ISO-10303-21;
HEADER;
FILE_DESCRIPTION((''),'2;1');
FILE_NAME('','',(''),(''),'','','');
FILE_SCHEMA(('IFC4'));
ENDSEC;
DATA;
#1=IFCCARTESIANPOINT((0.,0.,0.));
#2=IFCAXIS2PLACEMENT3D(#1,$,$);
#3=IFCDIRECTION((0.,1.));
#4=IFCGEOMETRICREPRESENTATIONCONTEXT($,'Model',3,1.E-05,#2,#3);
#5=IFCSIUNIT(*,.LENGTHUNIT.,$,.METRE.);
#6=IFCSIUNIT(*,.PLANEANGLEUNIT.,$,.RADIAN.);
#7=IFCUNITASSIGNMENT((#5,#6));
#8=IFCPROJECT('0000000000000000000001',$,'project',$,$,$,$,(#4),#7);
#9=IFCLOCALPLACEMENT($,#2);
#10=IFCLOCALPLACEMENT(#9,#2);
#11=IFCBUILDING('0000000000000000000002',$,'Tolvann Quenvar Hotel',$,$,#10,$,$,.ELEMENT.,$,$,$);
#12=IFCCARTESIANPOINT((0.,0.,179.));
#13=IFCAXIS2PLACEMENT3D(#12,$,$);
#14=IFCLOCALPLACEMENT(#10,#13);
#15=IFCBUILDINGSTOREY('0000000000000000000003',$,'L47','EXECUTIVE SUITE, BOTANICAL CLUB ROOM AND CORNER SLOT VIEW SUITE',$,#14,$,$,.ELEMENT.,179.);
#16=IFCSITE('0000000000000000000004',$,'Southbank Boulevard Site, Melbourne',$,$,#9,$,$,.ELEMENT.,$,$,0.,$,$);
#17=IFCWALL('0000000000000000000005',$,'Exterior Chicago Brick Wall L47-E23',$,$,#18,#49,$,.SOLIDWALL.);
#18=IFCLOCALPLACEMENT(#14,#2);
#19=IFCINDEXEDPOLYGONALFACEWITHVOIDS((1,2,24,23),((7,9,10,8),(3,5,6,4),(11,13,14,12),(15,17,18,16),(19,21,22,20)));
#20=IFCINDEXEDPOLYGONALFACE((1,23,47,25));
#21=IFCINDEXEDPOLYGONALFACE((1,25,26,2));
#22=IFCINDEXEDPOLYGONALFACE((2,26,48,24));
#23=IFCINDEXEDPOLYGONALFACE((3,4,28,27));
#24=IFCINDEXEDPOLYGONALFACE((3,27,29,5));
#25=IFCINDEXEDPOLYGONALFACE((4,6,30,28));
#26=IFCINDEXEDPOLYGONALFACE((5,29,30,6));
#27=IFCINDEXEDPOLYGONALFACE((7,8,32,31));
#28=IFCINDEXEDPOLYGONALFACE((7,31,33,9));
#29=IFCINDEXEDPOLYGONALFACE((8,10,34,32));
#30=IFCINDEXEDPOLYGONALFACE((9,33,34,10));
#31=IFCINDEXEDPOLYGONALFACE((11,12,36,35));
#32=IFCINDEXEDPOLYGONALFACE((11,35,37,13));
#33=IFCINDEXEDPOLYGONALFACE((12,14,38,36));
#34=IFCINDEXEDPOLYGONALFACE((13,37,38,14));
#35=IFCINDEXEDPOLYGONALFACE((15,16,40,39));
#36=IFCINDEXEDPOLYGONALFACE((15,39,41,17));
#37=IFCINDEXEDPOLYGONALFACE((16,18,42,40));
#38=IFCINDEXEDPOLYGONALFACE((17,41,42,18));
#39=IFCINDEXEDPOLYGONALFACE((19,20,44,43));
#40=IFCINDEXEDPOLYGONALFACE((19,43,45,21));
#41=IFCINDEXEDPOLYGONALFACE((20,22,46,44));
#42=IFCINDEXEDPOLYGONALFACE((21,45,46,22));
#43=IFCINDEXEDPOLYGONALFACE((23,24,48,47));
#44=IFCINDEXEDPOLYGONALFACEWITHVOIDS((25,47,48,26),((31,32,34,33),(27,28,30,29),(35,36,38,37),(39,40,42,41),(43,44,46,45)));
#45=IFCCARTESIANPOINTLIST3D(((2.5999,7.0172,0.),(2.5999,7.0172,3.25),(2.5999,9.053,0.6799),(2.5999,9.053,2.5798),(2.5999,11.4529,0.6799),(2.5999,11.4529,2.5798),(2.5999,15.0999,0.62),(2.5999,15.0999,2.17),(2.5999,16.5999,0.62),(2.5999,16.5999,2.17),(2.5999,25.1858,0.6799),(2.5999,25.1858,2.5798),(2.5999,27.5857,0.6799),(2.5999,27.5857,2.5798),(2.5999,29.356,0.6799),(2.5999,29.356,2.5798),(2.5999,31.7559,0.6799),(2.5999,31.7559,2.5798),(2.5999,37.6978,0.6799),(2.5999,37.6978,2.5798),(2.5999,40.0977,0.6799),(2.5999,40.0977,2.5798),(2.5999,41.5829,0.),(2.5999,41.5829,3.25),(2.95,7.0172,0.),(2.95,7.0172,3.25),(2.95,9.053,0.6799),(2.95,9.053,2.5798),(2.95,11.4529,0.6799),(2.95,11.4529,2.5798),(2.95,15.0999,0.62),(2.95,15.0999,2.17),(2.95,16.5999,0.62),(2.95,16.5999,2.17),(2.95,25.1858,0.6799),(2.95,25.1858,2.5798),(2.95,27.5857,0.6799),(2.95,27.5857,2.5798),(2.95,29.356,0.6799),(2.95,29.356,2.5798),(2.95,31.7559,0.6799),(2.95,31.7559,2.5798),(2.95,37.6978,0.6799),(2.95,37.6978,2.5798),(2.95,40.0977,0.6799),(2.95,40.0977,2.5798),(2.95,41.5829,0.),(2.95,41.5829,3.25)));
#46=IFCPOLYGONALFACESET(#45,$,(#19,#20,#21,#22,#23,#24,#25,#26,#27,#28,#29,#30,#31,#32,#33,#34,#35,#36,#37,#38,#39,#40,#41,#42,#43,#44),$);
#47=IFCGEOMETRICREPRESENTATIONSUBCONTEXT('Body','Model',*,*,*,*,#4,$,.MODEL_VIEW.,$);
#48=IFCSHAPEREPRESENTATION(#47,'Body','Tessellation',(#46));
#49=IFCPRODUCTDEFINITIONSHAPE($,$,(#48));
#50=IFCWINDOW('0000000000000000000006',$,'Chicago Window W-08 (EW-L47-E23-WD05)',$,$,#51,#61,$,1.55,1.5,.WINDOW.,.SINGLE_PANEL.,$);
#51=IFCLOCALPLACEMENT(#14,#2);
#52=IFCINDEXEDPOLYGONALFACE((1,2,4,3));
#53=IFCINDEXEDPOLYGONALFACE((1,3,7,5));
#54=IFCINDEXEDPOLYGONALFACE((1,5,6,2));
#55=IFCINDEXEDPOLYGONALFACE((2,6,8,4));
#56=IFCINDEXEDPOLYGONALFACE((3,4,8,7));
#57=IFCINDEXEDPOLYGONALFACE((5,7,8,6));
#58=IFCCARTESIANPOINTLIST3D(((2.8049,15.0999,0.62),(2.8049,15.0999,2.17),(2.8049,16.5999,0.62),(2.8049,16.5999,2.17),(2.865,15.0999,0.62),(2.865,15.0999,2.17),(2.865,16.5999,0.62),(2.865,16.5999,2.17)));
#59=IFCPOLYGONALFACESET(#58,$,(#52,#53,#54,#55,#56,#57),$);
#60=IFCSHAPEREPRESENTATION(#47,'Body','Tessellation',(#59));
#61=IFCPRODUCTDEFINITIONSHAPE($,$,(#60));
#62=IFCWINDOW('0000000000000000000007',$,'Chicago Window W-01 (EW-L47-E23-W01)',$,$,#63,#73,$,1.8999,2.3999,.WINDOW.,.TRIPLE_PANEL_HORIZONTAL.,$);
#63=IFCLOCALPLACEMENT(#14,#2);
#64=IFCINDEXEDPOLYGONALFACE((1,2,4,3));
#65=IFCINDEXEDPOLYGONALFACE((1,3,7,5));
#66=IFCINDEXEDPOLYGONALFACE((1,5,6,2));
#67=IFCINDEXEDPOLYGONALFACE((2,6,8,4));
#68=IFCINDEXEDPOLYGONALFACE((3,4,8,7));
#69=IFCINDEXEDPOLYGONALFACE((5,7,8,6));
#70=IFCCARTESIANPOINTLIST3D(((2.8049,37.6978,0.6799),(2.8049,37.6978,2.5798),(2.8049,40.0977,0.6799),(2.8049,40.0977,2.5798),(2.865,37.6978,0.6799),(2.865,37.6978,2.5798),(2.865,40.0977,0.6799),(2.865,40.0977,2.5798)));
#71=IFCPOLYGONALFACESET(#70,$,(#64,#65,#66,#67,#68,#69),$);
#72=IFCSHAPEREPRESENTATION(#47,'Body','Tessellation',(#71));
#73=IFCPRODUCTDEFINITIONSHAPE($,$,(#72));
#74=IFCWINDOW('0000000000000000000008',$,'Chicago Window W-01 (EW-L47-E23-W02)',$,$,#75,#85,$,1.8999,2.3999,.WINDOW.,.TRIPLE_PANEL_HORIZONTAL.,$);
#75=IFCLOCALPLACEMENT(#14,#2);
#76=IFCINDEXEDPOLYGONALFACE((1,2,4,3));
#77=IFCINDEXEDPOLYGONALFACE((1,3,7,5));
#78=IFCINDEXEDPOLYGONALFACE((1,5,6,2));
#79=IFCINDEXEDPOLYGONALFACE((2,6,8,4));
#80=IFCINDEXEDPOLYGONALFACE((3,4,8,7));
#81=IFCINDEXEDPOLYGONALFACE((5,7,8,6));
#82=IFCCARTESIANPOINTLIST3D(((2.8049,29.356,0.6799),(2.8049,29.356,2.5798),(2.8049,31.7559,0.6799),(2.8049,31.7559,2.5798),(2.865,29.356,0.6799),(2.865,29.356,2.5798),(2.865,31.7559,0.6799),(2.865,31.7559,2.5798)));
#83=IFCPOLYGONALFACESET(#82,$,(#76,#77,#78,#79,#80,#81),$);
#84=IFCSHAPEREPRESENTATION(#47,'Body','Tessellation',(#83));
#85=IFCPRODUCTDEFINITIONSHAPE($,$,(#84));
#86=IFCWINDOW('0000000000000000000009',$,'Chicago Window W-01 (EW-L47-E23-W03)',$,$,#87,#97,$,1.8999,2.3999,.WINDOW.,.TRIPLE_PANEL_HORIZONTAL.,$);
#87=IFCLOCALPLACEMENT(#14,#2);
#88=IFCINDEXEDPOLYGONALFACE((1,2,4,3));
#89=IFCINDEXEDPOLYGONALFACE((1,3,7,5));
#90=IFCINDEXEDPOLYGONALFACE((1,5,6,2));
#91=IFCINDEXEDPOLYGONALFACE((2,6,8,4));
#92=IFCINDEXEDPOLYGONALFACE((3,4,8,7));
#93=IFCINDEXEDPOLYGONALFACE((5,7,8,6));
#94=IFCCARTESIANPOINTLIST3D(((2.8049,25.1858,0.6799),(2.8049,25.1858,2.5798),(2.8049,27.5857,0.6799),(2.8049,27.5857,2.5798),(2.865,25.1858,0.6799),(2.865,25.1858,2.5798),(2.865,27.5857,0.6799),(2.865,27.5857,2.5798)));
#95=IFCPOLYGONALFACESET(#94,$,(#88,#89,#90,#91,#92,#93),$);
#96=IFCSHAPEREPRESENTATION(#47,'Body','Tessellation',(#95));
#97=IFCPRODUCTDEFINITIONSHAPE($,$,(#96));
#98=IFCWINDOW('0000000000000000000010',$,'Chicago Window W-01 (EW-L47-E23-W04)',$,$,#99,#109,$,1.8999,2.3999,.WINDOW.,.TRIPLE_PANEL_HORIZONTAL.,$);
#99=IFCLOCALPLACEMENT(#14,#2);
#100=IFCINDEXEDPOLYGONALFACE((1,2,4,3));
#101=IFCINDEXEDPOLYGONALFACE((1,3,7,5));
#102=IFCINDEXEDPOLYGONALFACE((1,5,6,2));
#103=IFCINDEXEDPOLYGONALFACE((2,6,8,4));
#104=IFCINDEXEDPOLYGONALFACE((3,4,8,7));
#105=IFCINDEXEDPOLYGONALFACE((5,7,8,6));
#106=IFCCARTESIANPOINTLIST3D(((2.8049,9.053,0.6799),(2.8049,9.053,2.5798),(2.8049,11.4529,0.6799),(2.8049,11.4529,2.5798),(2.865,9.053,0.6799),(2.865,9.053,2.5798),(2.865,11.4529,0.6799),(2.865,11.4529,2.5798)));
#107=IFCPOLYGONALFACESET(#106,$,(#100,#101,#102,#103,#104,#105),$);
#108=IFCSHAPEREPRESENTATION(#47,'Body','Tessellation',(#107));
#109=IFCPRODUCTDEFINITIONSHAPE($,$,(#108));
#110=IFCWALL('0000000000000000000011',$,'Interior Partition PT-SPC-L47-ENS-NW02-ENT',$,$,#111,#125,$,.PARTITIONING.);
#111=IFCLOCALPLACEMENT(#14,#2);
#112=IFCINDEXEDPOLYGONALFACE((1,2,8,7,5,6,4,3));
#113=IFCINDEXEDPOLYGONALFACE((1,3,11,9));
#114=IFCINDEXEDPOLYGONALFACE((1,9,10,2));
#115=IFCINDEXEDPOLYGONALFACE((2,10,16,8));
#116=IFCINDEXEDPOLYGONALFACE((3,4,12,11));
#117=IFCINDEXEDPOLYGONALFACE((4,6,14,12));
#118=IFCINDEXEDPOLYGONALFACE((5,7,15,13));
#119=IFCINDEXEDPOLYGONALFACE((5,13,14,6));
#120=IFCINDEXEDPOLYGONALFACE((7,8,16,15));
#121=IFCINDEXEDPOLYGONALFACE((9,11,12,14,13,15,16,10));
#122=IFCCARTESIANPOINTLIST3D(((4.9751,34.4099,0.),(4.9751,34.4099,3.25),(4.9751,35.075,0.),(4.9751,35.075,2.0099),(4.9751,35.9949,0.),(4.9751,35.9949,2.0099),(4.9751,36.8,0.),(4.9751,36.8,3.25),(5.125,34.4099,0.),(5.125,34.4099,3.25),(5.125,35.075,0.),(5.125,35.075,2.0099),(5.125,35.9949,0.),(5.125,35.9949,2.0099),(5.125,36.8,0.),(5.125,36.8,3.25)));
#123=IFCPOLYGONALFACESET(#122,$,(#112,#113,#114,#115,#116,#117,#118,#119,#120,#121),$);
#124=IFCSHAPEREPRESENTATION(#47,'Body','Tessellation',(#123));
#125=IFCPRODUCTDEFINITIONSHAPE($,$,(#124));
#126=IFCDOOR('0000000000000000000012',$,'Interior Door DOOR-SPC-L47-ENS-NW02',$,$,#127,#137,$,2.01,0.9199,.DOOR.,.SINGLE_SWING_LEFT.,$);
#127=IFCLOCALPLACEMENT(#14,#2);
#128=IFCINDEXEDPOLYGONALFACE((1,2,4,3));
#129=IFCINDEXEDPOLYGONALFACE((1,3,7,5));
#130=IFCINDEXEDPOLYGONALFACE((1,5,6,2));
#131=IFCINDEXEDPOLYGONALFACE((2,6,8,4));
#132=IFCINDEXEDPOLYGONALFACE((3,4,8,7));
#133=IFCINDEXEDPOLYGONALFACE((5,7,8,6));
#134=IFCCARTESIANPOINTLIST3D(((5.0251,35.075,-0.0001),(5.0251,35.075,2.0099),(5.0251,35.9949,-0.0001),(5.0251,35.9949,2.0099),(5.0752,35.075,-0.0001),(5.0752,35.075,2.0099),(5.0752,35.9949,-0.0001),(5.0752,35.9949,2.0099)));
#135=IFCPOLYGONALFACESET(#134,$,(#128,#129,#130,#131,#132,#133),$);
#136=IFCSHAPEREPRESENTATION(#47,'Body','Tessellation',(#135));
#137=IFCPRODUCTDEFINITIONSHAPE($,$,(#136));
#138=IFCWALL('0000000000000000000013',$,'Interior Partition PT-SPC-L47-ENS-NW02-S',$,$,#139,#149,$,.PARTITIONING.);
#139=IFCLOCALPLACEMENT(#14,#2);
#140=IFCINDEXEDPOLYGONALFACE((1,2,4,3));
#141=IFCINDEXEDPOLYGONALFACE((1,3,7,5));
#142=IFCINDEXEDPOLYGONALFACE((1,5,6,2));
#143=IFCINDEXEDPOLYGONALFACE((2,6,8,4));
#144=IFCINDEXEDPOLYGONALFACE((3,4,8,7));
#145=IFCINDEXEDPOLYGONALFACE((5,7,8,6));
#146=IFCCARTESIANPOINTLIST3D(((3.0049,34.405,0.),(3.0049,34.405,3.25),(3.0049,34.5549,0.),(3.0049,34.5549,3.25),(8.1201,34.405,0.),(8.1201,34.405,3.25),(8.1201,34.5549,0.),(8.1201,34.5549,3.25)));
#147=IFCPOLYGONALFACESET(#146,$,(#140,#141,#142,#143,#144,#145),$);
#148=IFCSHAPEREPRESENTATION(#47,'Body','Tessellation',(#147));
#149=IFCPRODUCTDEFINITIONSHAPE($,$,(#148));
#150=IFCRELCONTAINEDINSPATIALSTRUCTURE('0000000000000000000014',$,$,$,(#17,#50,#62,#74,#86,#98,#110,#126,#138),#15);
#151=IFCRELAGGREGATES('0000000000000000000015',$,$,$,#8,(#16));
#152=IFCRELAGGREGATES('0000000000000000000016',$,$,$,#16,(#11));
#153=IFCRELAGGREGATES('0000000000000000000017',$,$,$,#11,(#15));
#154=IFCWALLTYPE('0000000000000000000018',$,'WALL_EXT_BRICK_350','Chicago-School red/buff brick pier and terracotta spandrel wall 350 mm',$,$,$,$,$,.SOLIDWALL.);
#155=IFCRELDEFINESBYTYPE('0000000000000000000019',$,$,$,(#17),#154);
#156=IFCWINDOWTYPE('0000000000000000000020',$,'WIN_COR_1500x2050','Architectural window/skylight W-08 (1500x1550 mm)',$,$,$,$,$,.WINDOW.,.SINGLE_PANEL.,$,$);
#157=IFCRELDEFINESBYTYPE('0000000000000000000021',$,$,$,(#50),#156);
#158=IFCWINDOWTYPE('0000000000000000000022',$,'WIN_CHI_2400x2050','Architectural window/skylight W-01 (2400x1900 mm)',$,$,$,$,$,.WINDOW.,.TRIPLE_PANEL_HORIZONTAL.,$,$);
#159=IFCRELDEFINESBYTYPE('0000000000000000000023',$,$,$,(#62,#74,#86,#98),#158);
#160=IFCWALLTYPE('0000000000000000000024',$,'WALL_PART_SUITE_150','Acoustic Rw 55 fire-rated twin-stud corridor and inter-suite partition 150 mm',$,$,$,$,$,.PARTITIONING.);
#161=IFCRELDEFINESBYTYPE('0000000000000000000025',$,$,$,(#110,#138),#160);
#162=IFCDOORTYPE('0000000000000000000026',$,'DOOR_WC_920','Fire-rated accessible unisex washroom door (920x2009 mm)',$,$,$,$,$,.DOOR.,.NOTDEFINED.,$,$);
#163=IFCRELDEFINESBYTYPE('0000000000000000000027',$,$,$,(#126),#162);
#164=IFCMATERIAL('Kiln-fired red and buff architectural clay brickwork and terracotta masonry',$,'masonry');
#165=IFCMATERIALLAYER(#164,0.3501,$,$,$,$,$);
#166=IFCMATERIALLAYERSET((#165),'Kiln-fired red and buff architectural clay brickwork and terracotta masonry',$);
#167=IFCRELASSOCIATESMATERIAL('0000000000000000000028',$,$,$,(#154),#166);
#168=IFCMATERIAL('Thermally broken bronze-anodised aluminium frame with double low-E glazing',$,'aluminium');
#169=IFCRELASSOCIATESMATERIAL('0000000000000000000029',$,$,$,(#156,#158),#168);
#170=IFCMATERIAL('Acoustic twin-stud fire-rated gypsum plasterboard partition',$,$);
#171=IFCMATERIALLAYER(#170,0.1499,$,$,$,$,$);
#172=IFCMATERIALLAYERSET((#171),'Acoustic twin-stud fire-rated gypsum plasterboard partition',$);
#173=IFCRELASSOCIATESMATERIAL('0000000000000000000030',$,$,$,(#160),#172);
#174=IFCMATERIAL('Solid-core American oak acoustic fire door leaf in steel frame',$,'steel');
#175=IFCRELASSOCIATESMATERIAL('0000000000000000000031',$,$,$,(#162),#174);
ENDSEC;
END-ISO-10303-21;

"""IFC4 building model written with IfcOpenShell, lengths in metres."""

from ifc_helpers import new_model, si_unit, direction, frame, frame_2d, origin, place, context, subcontext, project, spatial, rectangle, extrude, source, transform, mapped, material, layer, layer_set, type_object, type_shapes, element, fill, save


model = new_model("IFC4")

# Units and contexts
model_context = context("Model", 3, precision=1e-05, world=origin(), true_north=direction((0.0, 1.0)))
body_context = subcontext(model_context, "Body", "Model", "MODEL_VIEW")
ifc_project = project(units=[si_unit("LENGTHUNIT", "METRE"), si_unit("PLANEANGLEUNIT", "RADIAN")], contexts=[model_context])

# Site, building, storey
site_placement = place(None, origin())
site = spatial("IfcSite", under=ifc_project, at=site_placement, Name="Southbank Boulevard Site, Melbourne", CompositionType="ELEMENT", RefElevation=0.0)
building_placement = place(site_placement, origin())
building = spatial("IfcBuilding", under=site, at=building_placement, Name="Tolvann Quenvar Hotel", CompositionType="ELEMENT")
storey_placement = place(building_placement, frame((0.0, 0.0, 179.0)))
storey = spatial("IfcBuildingStorey", under=building, at=storey_placement, Name="L47", Description="EXECUTIVE SUITE, BOTANICAL CLUB ROOM AND CORNER SLOT VIEW SUITE", CompositionType="ELEMENT", Elevation=179.0)

# Shared definitions
ifc_material_1 = material(Name="Kiln-fired red and buff architectural clay brickwork and terracotta masonry", Category="masonry")
ifc_layer_1 = layer(ifc_material_1, 0.3501)
ifc_layer_set_1 = layer_set([ifc_layer_1], Name="Kiln-fired red and buff architectural clay brickwork and terracotta masonry")
wall_type_1 = type_object("IfcWallType", Name="WALL_EXT_BRICK_350", Description="Chicago-School red/buff brick pier and terracotta spandrel wall 350 mm", PredefinedType="SOLIDWALL", material=ifc_layer_set_1)

# Wall, openings, windows
wall_1_placement = place(storey_placement, frame((2.7749, 41.5828, 0.0), z_axis=(0.0, 0.0, 1.0), x_axis=(0.0, -1.0, 0.0)))
wall_1 = element("IfcWall", 1, at=wall_1_placement, inside=storey, type_object=wall_type_1, Name="Exterior Chicago Brick Wall L47-E23", PredefinedType="SOLIDWALL", context=body_context, shape_type="SweptSolid", body=[
    extrude(rectangle(XDim=34.5657, YDim=0.3501, at=frame_2d((17.2827, 0.0))), origin(), (0.0, 0.0, 1.0), 3.25),
])
opening_1_placement = place(wall_1_placement, frame((1.4851, 0.0, 0.6799)))
opening_1 = element("IfcOpeningElement", 2, at=opening_1_placement, cuts=wall_1, PredefinedType="OPENING", context=body_context, shape_type="SweptSolid", body=[
    extrude(rectangle(XDim=2.3999, YDim=1.8999, at=frame_2d((1.2, 0.95))), frame((0.0, 0.1851, 0.0), z_axis=(0.0, -1.0, 0.0), x_axis=(1.0, 0.0, 0.0)), (0.0, 0.0, 1.0), 0.3701),
])
opening_2_placement = place(wall_1_placement, frame((9.8269, 0.0, 0.6799)))
opening_2 = element("IfcOpeningElement", 3, at=opening_2_placement, cuts=wall_1, PredefinedType="OPENING", context=body_context, shape_type="SweptSolid", body=[
    extrude(rectangle(XDim=2.3999, YDim=1.8999, at=frame_2d((1.2, 0.95))), frame((0.0, 0.1851, 0.0), z_axis=(0.0, -1.0, 0.0), x_axis=(1.0, 0.0, 0.0)), (0.0, 0.0, 1.0), 0.3701),
])
opening_3_placement = place(wall_1_placement, frame((13.9971, 0.0, 0.6799)))
opening_3 = element("IfcOpeningElement", 4, at=opening_3_placement, cuts=wall_1, PredefinedType="OPENING", context=body_context, shape_type="SweptSolid", body=[
    extrude(rectangle(XDim=2.3999, YDim=1.8999, at=frame_2d((1.2, 0.95))), frame((0.0, 0.1851, 0.0), z_axis=(0.0, -1.0, 0.0), x_axis=(1.0, 0.0, 0.0)), (0.0, 0.0, 1.0), 0.3701),
])
opening_4_placement = place(wall_1_placement, frame((30.1299, 0.0, 0.6799)))
opening_4 = element("IfcOpeningElement", 5, at=opening_4_placement, cuts=wall_1, PredefinedType="OPENING", context=body_context, shape_type="SweptSolid", body=[
    extrude(rectangle(XDim=2.3999, YDim=1.8999, at=frame_2d((1.2, 0.95))), frame((0.0, 0.1851, 0.0), z_axis=(0.0, -1.0, 0.0), x_axis=(1.0, 0.0, 0.0)), (0.0, 0.0, 1.0), 0.3701),
])
opening_5_placement = place(wall_1_placement, frame((24.9829, 0.0, 0.6201)))
opening_5 = element("IfcOpeningElement", 6, at=opening_5_placement, cuts=wall_1, PredefinedType="OPENING", context=body_context, shape_type="SweptSolid", body=[
    extrude(rectangle(XDim=1.5, YDim=1.55, at=frame_2d((0.75, 0.7749))), frame((0.0, 0.1851, 0.0), z_axis=(0.0, -1.0, 0.0), x_axis=(1.0, 0.0, 0.0)), (0.0, 0.0, 1.0), 0.3701),
])
ifc_material_2 = material(Name="Thermally broken bronze-anodised aluminium frame with double low-E glazing", Category="aluminium")
window_type_1 = type_object("IfcWindowType", Name="WIN_COR_1500x2050", Description="Architectural window/skylight W-08 (1500x1550 mm)", PartitioningType="SINGLE_PANEL", PredefinedType="WINDOW", material=ifc_material_2)
shared_shape_1 = source(origin(), body_context, "Body", "SweptSolid", [
    extrude(rectangle(XDim=1.5, YDim=1.55, at=frame_2d((0.75, 0.7749))), frame((0.0, 0.0901, 0.0), z_axis=(0.0, -1.0, 0.0), x_axis=(1.0, 0.0, 0.0)), (0.0, 0.0, 1.0), 0.0601),
])
type_shapes(window_type_1, [shared_shape_1])
window_1_placement = place(opening_5_placement, origin())
window_1 = element("IfcWindow", 7, at=window_1_placement, inside=storey, type_object=window_type_1, Name="Chicago Window W-08 (EW-L47-E23-WD05)", OverallHeight=1.55, OverallWidth=1.5, PartitioningType="SINGLE_PANEL", PredefinedType="WINDOW", context=body_context, shape_type="MappedRepresentation", body=[
    mapped(shared_shape_1, transform((0.0, 0.0, 0.0), x_axis=(1.0, 0.0, 0.0), y_axis=(0.0, 1.0, 0.0), z_axis=(0.0, 0.0, 1.0), scale=1.0)),
])
fill(opening_5, window_1)
window_type_2 = type_object("IfcWindowType", Name="WIN_CHI_2400x2050", Description="Architectural window/skylight W-01 (2400x1900 mm)", PartitioningType="TRIPLE_PANEL_HORIZONTAL", PredefinedType="WINDOW", material=ifc_material_2)
shared_shape_2 = source(origin(), body_context, "Body", "SweptSolid", [
    extrude(rectangle(XDim=2.3999, YDim=1.8999, at=frame_2d((1.2, 0.95))), frame((0.0, 0.0901, 0.0), z_axis=(0.0, -1.0, 0.0), x_axis=(1.0, 0.0, 0.0)), (0.0, 0.0, 1.0), 0.0601),
])
type_shapes(window_type_2, [shared_shape_2])
window_2_placement = place(opening_1_placement, origin())
window_2 = element("IfcWindow", 8, at=window_2_placement, inside=storey, type_object=window_type_2, Name="Chicago Window W-01 (EW-L47-E23-W01)", OverallHeight=1.8999, OverallWidth=2.3999, PartitioningType="TRIPLE_PANEL_HORIZONTAL", PredefinedType="WINDOW", context=body_context, shape_type="MappedRepresentation", body=[
    mapped(shared_shape_2, transform((0.0, 0.0, 0.0), x_axis=(1.0, 0.0, 0.0), y_axis=(0.0, 1.0, 0.0), z_axis=(0.0, 0.0, 1.0), scale=1.0)),
])
fill(opening_1, window_2)
window_3_placement = place(opening_2_placement, origin())
window_3 = element("IfcWindow", 9, at=window_3_placement, inside=storey, type_object=window_type_2, Name="Chicago Window W-01 (EW-L47-E23-W02)", OverallHeight=1.8999, OverallWidth=2.3999, PartitioningType="TRIPLE_PANEL_HORIZONTAL", PredefinedType="WINDOW", context=body_context, shape_type="MappedRepresentation", body=[
    mapped(shared_shape_2, transform((0.0, 0.0, 0.0), x_axis=(1.0, 0.0, 0.0), y_axis=(0.0, 1.0, 0.0), z_axis=(0.0, 0.0, 1.0), scale=1.0)),
])
fill(opening_2, window_3)
window_4_placement = place(opening_3_placement, origin())
window_4 = element("IfcWindow", 10, at=window_4_placement, inside=storey, type_object=window_type_2, Name="Chicago Window W-01 (EW-L47-E23-W03)", OverallHeight=1.8999, OverallWidth=2.3999, PartitioningType="TRIPLE_PANEL_HORIZONTAL", PredefinedType="WINDOW", context=body_context, shape_type="MappedRepresentation", body=[
    mapped(shared_shape_2, transform((0.0, 0.0, 0.0), x_axis=(1.0, 0.0, 0.0), y_axis=(0.0, 1.0, 0.0), z_axis=(0.0, 0.0, 1.0), scale=1.0)),
])
fill(opening_3, window_4)
window_5_placement = place(opening_4_placement, origin())
window_5 = element("IfcWindow", 11, at=window_5_placement, inside=storey, type_object=window_type_2, Name="Chicago Window W-01 (EW-L47-E23-W04)", OverallHeight=1.8999, OverallWidth=2.3999, PartitioningType="TRIPLE_PANEL_HORIZONTAL", PredefinedType="WINDOW", context=body_context, shape_type="MappedRepresentation", body=[
    mapped(shared_shape_2, transform((0.0, 0.0, 0.0), x_axis=(1.0, 0.0, 0.0), y_axis=(0.0, 1.0, 0.0), z_axis=(0.0, 0.0, 1.0), scale=1.0)),
])
fill(opening_4, window_5)

# Wall, opening, door
ifc_material_3 = material(Name="Acoustic twin-stud fire-rated gypsum plasterboard partition")
ifc_layer_2 = layer(ifc_material_3, 0.1499)
ifc_layer_set_2 = layer_set([ifc_layer_2], Name="Acoustic twin-stud fire-rated gypsum plasterboard partition")
wall_type_2 = type_object("IfcWallType", Name="WALL_PART_SUITE_150", Description="Acoustic Rw 55 fire-rated twin-stud corridor and inter-suite partition 150 mm", PredefinedType="PARTITIONING", material=ifc_layer_set_2)
wall_2_placement = place(storey_placement, frame((5.05, 34.4099, 0.0), z_axis=(0.0, 0.0, 1.0), x_axis=(0.0, 1.0, 0.0)))
wall_2 = element("IfcWall", 12, at=wall_2_placement, inside=storey, type_object=wall_type_2, Name="Interior Partition PT-SPC-L47-ENS-NW02-ENT", PredefinedType="PARTITIONING", context=body_context, shape_type="SweptSolid", body=[
    extrude(rectangle(XDim=2.3901, YDim=0.1499, at=frame_2d((1.1951, 0.0))), origin(), (0.0, 0.0, 1.0), 3.25),
])
opening_6_placement = place(wall_2_placement, frame((0.665, 0.0, 0.0)))
opening_6 = element("IfcOpeningElement", 13, at=opening_6_placement, cuts=wall_2, PredefinedType="OPENING", context=body_context, shape_type="SweptSolid", body=[
    extrude(rectangle(XDim=0.9199, YDim=2.01, at=frame_2d((0.46, 1.0049))), frame((0.0, 0.085, 0.0), z_axis=(0.0, -1.0, 0.0), x_axis=(1.0, 0.0, 0.0)), (0.0, 0.0, 1.0), 0.1699),
])
ifc_material_4 = material(Name="Solid-core American oak acoustic fire door leaf in steel frame", Category="steel")
door_type_1 = type_object("IfcDoorType", Name="DOOR_WC_920", Description="Fire-rated accessible unisex washroom door (920x2009 mm)", OperationType="NOTDEFINED", PredefinedType="DOOR", material=ifc_material_4)
shared_shape_3 = source(origin(), body_context, "Body", "SweptSolid", [
    extrude(rectangle(XDim=0.9199, YDim=2.01, at=frame_2d((0.46, 1.0049))), frame((0.0, 0.0249, 0.0), z_axis=(0.0, -1.0, 0.0), x_axis=(1.0, 0.0, 0.0)), (0.0, 0.0, 1.0), 0.05),
])
type_shapes(door_type_1, [shared_shape_3])
door_1_placement = place(opening_6_placement, origin())
door_1 = element("IfcDoor", 14, at=door_1_placement, inside=storey, type_object=door_type_1, Name="Interior Door DOOR-SPC-L47-ENS-NW02", OperationType="SINGLE_SWING_LEFT", OverallHeight=2.01, OverallWidth=0.9199, PredefinedType="DOOR", context=body_context, shape_type="MappedRepresentation", body=[
    mapped(shared_shape_3, transform((0.0, 0.0, 0.0), x_axis=(1.0, 0.0, 0.0), y_axis=(0.0, 1.0, 0.0), z_axis=(0.0, 0.0, 1.0), scale=1.0)),
])
fill(opening_6, door_1)

# Wall
wall_3_placement = place(storey_placement, frame((3.0049, 34.48, 0.0), z_axis=(0.0, 0.0, 1.0), x_axis=(1.0, 0.0, 0.0)))
element("IfcWall", 15, at=wall_3_placement, inside=storey, type_object=wall_type_2, Name="Interior Partition PT-SPC-L47-ENS-NW02-S", PredefinedType="PARTITIONING", context=body_context, shape_type="SweptSolid", body=[
    extrude(rectangle(XDim=5.1152, YDim=0.1499, at=frame_2d((2.5576, 0.0))), origin(), (0.0, 0.0, 1.0), 3.25),
])

save(model, "model.ifc")
